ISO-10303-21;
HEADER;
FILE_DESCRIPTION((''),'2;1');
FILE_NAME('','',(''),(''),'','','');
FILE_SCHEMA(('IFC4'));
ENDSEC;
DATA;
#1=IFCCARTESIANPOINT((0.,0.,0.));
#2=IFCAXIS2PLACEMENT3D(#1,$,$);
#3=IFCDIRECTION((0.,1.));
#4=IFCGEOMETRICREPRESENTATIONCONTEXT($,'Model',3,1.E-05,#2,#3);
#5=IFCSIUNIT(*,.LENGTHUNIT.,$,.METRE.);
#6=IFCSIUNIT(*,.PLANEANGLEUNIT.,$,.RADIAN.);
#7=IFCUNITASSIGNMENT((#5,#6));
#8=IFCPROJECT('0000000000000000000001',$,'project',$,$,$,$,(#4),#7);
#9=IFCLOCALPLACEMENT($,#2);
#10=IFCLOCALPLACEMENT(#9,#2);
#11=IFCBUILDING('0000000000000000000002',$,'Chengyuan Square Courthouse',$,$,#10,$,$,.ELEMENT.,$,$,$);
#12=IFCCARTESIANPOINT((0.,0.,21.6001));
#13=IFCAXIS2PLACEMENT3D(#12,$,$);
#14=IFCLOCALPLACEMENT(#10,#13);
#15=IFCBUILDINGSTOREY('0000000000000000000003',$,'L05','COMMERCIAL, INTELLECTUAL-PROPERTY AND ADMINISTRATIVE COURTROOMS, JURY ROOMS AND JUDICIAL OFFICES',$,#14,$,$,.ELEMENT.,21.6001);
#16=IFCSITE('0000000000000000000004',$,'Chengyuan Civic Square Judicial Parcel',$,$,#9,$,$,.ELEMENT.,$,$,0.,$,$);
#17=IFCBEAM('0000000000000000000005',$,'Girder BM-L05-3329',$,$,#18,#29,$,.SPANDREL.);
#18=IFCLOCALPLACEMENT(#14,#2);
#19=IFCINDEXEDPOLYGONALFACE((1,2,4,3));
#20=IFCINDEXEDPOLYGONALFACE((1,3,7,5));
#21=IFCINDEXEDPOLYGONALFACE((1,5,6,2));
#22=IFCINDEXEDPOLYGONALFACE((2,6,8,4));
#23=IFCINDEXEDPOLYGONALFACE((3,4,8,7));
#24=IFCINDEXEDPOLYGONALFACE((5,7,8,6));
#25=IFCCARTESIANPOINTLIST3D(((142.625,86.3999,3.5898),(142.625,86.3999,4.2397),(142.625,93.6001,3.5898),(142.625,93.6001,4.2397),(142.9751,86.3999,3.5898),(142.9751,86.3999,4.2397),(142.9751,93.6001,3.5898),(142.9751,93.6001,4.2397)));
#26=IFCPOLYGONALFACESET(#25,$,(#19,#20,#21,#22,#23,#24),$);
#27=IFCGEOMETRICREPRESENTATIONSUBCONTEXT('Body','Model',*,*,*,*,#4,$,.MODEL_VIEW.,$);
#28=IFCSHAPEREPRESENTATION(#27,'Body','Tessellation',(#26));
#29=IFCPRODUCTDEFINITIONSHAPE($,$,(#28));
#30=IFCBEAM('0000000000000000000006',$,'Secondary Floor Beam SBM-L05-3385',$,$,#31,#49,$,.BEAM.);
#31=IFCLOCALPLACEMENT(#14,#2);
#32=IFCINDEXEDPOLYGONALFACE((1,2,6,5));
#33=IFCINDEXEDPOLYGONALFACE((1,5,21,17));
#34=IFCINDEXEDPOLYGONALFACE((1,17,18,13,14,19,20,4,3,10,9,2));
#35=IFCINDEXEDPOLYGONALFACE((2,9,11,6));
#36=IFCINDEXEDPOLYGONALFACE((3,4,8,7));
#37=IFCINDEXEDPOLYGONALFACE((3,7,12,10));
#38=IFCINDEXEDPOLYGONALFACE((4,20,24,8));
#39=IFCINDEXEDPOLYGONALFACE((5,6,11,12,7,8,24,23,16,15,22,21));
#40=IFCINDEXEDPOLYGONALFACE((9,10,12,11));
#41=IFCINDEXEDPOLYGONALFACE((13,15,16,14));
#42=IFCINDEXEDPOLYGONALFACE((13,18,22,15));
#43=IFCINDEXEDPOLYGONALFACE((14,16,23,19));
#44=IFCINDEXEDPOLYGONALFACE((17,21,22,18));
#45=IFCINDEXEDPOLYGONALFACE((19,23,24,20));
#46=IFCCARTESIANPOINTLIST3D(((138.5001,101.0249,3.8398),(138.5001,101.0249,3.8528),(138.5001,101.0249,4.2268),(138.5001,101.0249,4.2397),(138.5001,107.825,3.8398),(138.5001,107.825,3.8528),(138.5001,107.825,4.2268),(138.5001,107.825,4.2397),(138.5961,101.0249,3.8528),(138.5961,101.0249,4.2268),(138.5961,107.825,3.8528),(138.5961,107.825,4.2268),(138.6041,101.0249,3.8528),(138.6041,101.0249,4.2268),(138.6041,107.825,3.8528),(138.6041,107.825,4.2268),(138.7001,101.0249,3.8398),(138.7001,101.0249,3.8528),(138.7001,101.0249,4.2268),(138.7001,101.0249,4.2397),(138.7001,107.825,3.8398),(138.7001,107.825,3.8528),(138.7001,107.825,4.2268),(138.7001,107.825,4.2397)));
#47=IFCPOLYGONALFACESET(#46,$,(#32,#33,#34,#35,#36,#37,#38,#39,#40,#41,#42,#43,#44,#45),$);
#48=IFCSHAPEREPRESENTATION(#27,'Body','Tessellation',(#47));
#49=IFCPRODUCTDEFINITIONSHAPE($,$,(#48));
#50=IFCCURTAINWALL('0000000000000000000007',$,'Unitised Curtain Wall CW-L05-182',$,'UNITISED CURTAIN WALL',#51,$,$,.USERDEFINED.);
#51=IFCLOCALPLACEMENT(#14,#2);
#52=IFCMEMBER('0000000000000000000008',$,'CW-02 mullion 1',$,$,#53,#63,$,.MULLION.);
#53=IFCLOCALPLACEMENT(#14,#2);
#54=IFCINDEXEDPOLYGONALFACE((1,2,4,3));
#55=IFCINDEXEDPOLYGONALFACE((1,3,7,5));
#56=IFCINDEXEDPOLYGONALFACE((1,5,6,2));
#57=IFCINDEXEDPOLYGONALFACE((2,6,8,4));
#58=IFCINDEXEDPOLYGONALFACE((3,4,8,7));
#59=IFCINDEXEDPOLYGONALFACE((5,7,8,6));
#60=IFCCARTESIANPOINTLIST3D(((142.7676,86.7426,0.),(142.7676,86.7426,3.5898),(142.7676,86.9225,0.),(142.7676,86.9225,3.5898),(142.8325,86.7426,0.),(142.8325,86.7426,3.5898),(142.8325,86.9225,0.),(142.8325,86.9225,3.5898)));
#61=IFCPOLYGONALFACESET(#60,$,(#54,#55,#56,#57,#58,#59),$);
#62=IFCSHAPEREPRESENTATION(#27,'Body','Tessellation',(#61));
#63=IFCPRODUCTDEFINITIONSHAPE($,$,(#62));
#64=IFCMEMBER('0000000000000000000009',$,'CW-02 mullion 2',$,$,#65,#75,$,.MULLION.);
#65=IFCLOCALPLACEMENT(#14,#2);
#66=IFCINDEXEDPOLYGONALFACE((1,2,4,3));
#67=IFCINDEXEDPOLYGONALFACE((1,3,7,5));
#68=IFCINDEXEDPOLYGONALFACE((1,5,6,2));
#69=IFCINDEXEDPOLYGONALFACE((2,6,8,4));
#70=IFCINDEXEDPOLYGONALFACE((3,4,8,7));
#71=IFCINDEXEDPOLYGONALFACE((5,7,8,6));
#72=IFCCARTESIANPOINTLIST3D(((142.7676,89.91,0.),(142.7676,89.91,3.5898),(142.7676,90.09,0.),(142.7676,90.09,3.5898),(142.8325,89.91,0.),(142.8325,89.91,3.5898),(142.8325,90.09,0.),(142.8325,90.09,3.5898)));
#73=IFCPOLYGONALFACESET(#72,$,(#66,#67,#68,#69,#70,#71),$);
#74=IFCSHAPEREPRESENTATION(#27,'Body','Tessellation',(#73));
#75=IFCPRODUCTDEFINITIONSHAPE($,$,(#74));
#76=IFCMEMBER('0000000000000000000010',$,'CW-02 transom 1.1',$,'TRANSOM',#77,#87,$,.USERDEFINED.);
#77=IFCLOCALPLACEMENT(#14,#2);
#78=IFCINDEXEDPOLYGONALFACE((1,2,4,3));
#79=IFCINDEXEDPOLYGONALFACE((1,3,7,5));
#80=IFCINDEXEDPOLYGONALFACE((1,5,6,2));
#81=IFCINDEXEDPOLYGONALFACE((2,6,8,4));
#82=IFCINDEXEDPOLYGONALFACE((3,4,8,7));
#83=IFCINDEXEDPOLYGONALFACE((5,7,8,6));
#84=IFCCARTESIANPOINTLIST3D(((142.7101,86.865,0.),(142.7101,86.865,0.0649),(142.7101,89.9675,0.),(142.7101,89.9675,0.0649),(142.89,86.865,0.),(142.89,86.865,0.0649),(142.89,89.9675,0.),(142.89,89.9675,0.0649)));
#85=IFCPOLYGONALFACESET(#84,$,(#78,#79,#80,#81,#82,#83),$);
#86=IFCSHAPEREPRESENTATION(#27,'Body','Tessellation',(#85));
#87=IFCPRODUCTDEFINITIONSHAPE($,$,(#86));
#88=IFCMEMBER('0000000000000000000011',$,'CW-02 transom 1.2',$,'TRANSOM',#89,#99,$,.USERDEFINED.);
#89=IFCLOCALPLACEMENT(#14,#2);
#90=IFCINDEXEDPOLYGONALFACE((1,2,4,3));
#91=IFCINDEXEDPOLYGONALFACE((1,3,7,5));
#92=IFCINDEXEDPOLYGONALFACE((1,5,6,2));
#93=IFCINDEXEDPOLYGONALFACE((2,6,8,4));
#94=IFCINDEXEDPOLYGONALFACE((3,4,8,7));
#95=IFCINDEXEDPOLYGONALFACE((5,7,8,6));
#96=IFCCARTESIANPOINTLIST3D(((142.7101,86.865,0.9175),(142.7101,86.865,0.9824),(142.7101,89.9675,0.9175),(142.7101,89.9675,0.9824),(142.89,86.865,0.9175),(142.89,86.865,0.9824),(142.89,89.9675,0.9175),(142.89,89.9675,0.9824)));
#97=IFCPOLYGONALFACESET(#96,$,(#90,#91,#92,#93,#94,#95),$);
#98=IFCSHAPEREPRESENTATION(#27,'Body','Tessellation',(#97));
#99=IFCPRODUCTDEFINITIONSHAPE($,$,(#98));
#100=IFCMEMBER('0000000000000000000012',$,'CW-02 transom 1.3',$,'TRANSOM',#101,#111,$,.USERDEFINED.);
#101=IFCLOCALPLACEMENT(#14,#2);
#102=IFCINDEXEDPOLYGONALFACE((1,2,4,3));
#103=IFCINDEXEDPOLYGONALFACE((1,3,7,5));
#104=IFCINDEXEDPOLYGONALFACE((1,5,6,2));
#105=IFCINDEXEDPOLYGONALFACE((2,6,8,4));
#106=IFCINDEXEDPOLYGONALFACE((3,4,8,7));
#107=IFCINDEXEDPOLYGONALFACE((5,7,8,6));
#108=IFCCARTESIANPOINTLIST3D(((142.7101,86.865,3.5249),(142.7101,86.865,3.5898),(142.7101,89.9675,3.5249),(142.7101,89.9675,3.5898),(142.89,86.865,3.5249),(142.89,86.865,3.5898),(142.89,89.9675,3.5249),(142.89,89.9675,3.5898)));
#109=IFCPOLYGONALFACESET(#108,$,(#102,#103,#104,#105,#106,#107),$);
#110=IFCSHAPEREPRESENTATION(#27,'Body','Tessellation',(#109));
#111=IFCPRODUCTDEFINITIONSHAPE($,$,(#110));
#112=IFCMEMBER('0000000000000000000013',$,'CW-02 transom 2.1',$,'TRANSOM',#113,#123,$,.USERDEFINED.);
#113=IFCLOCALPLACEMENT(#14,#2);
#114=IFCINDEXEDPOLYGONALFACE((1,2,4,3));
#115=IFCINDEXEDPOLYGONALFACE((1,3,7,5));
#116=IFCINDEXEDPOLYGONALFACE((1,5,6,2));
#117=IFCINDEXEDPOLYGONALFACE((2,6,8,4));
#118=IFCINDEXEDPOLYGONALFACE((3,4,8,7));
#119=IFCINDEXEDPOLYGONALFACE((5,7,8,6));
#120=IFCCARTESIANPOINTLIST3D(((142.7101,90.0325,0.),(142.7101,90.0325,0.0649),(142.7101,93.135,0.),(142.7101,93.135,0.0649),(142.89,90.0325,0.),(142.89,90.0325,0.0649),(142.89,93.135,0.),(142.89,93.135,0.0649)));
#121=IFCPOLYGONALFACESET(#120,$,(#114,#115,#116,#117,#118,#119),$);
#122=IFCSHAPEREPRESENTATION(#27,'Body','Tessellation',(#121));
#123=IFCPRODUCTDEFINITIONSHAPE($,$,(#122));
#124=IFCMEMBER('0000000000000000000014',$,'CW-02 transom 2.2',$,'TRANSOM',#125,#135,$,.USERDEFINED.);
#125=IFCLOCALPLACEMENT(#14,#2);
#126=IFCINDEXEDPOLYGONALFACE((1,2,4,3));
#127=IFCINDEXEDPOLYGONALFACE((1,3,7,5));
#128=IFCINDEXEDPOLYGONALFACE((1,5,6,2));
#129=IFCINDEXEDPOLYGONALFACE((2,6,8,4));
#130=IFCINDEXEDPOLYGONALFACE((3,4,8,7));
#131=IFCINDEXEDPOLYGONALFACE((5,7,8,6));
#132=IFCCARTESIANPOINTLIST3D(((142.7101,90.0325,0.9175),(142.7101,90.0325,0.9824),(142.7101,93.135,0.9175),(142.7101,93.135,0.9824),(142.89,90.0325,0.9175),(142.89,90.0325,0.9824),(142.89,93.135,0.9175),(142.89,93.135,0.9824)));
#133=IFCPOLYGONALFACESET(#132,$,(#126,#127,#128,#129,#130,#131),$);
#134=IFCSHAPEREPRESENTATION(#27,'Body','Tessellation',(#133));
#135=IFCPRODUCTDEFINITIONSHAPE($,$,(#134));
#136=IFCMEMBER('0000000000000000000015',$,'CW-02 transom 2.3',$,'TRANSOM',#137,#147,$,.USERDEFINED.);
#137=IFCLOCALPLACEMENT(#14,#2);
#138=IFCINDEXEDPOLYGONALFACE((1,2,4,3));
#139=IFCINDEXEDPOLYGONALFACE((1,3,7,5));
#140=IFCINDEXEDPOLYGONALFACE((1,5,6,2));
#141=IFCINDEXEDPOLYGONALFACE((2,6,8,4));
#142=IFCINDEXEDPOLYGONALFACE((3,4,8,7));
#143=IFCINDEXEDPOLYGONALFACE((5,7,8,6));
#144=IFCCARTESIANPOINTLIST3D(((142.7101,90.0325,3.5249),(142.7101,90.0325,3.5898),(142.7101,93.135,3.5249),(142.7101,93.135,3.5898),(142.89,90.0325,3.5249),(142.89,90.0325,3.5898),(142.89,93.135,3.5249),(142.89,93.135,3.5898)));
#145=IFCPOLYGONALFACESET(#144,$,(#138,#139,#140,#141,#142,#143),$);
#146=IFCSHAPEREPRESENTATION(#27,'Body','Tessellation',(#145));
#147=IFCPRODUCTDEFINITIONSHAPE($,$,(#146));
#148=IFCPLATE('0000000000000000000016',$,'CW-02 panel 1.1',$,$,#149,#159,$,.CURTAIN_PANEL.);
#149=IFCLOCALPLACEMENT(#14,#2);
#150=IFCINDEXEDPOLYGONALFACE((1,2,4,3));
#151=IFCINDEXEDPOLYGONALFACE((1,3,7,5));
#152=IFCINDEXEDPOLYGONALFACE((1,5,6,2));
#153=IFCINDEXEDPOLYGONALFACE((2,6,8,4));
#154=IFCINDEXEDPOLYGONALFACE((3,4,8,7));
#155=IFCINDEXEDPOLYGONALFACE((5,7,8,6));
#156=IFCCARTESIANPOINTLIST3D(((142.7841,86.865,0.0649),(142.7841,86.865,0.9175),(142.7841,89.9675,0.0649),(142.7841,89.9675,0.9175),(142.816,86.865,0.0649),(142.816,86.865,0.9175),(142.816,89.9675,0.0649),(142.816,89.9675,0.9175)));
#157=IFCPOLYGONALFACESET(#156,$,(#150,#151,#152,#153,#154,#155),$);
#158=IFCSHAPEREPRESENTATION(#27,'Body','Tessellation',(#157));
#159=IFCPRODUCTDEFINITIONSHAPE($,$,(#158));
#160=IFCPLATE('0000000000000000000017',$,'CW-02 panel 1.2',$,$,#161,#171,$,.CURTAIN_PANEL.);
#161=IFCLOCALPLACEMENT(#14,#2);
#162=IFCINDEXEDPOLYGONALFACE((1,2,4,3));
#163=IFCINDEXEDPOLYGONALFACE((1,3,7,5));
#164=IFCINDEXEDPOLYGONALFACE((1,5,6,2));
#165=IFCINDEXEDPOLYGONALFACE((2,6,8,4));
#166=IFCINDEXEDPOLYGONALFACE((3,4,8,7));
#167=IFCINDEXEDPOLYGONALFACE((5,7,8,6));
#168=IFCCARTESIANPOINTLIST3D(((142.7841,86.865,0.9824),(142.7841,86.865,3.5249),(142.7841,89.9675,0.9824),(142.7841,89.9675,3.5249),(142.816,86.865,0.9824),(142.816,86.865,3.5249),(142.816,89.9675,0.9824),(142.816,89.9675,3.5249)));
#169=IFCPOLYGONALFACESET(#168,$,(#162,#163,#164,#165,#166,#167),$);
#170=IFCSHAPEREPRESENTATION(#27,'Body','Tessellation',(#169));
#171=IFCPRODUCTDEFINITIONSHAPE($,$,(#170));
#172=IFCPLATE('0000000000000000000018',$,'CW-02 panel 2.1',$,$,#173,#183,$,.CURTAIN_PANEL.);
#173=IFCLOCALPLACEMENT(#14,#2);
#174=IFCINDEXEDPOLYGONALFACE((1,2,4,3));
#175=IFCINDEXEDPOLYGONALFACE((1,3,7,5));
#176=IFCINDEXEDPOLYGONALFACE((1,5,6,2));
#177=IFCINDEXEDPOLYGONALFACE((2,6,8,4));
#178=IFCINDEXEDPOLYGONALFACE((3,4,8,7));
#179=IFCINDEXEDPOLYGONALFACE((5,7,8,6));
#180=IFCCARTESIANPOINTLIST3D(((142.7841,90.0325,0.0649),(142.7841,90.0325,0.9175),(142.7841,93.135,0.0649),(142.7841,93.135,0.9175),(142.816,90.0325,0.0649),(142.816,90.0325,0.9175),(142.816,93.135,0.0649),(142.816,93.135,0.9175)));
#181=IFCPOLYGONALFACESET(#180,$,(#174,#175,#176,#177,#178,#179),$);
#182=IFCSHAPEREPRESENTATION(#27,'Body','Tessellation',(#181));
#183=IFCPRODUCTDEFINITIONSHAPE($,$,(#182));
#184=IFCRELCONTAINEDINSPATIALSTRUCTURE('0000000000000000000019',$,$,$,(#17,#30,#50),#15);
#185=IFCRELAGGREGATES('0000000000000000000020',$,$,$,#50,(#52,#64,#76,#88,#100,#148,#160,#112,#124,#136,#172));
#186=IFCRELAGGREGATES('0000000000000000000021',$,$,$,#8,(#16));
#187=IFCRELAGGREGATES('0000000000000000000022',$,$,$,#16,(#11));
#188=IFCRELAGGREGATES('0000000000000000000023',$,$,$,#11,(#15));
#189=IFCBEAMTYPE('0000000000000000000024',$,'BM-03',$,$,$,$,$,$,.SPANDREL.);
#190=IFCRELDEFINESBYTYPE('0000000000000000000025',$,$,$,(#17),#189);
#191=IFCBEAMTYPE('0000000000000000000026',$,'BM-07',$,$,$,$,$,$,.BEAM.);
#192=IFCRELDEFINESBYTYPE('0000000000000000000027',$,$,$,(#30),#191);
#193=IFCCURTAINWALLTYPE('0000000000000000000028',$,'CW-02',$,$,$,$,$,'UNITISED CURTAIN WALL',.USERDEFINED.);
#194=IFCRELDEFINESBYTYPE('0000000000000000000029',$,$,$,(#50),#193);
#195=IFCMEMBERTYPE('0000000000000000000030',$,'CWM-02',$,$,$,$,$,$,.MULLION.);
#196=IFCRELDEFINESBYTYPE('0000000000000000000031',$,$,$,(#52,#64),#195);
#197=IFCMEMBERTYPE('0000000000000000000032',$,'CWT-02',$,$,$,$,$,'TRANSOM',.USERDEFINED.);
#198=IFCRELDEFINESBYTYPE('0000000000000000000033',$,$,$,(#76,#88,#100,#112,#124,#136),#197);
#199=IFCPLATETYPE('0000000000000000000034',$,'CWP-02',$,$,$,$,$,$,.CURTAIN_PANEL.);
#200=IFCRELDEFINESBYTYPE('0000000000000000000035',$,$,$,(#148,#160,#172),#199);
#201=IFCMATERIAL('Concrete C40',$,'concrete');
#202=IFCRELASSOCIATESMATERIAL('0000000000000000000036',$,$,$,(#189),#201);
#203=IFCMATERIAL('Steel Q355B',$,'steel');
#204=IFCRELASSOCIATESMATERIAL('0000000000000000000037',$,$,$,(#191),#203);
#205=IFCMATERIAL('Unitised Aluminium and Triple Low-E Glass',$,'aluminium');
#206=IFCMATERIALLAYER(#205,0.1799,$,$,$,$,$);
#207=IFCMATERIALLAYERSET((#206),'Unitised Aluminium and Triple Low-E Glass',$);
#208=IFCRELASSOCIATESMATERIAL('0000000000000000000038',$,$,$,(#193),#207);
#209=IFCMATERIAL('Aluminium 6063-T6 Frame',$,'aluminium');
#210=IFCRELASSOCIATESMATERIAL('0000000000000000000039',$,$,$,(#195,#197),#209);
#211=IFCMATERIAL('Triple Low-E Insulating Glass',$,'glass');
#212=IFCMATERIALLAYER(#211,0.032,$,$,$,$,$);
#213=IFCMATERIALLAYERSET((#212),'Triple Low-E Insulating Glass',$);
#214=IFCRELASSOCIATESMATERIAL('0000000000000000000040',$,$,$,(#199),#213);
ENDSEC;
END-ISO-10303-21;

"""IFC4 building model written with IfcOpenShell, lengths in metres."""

from ifc_helpers import new_model, si_unit, direction, frame, origin, origin_2d, place, context, subcontext, project, spatial, rectangle, i_section, extrude, material, layer, layer_set, material_profile, profile_set, type_object, element, aggregate, save


model = new_model("IFC4")

# Units and contexts
model_context = context("Model", 3, precision=1e-05, world=origin(), true_north=direction((0.0, 1.0)))
body_context = subcontext(model_context, "Body", "Model", "MODEL_VIEW")
ifc_project = project(units=[si_unit("LENGTHUNIT", "METRE"), si_unit("PLANEANGLEUNIT", "RADIAN")], contexts=[model_context])

# Site, building, storey
site_placement = place(None, origin())
site = spatial("IfcSite", under=ifc_project, at=site_placement, Name="Chengyuan Civic Square Judicial Parcel", CompositionType="ELEMENT", RefElevation=0.0)
building_placement = place(site_placement, origin())
building = spatial("IfcBuilding", under=site, at=building_placement, Name="Chengyuan Square Courthouse", CompositionType="ELEMENT")
storey_placement = place(building_placement, frame((0.0, 0.0, 21.6001)))
storey = spatial("IfcBuildingStorey", under=building, at=storey_placement, Name="L05", Description="COMMERCIAL, INTELLECTUAL-PROPERTY AND ADMINISTRATIVE COURTROOMS, JURY ROOMS AND JUDICIAL OFFICES", CompositionType="ELEMENT", Elevation=21.6001)

# Beams
ifc_material_1 = material(Name="Concrete C40", Category="concrete")
ifc_material_profile_1 = material_profile(ifc_material_1, rectangle(XDim=0.3501, YDim=0.6499, at=origin_2d()), Name="RC-BM-350x650")
ifc_profile_set_1 = profile_set([ifc_material_profile_1], Name="Concrete C40")
beam_type_1 = type_object("IfcBeamType", Name="BM-03", PredefinedType="SPANDREL", material=ifc_profile_set_1)
beam_1_placement = place(storey_placement, frame((142.8, 86.3999, 3.9148), z_axis=(0.0, 1.0, 0.0), x_axis=(-1.0, 0.0, 0.0)))
element("IfcBeam", 1, at=beam_1_placement, inside=storey, type_object=beam_type_1, Name="Girder BM-L05-3329", PredefinedType="SPANDREL", context=body_context, shape_type="SweptSolid", body=[
    extrude(rectangle(XDim=0.3501, YDim=0.6499, at=origin_2d()), origin(), (0.0, 0.0, 1.0), 7.2002),
])
ifc_material_2 = material(Name="Steel Q355B", Category="steel")
ifc_material_profile_2 = material_profile(ifc_material_2, i_section(OverallWidth=0.2, OverallDepth=0.3999, WebThickness=0.0081, FlangeThickness=0.0129, at=origin_2d()), Name="HN 400x200x8x13")
ifc_profile_set_2 = profile_set([ifc_material_profile_2], Name="Steel Q355B")
beam_type_2 = type_object("IfcBeamType", Name="BM-07", PredefinedType="BEAM", material=ifc_profile_set_2)
beam_2_placement = place(storey_placement, frame((138.6001, 101.0249, 4.0398), z_axis=(0.0, 1.0, 0.0), x_axis=(-1.0, 0.0, 0.0)))
element("IfcBeam", 2, at=beam_2_placement, inside=storey, type_object=beam_type_2, Name="Secondary Floor Beam SBM-L05-3385", PredefinedType="BEAM", context=body_context, shape_type="SweptSolid", body=[
    extrude(i_section(OverallWidth=0.2, OverallDepth=0.3999, WebThickness=0.0081, FlangeThickness=0.0129, at=origin_2d()), origin(), (0.0, 0.0, 1.0), 6.8),
])

# Curtain wall, members, plates
ifc_material_3 = material(Name="Unitised Aluminium and Triple Low-E Glass", Category="aluminium")
ifc_layer_1 = layer(ifc_material_3, 0.1799)
ifc_layer_set_1 = layer_set([ifc_layer_1], Name="Unitised Aluminium and Triple Low-E Glass")
curtain_wall_type = type_object("IfcCurtainWallType", Name="CW-02", ElementType="UNITISED CURTAIN WALL", PredefinedType="USERDEFINED", material=ifc_layer_set_1)
curtain_wall_placement = place(storey_placement, origin())
curtain_wall = element("IfcCurtainWall", 3, at=curtain_wall_placement, inside=storey, type_object=curtain_wall_type, Name="Unitised Curtain Wall CW-L05-182", ObjectType="UNITISED CURTAIN WALL", PredefinedType="USERDEFINED")
ifc_material_4 = material(Name="Aluminium 6063-T6 Frame", Category="aluminium")
ifc_material_profile_3 = material_profile(ifc_material_4, rectangle(XDim=0.0649, YDim=0.1799, at=origin_2d()), Name="CW-MUL-65x180")
ifc_profile_set_3 = profile_set([ifc_material_profile_3], Name="Aluminium 6063-T6 Frame")
member_type_1 = type_object("IfcMemberType", Name="CWM-02", PredefinedType="MULLION", material=ifc_profile_set_3)
member_1_placement = place(storey_placement, frame((142.8, 86.8325, 0.0), z_axis=(0.0, 0.0, 1.0), x_axis=(-1.0, 0.0, 0.0)))
member_1 = element("IfcMember", 4, at=member_1_placement, type_object=member_type_1, Name="CW-02 mullion 1", PredefinedType="MULLION", context=body_context, shape_type="SweptSolid", body=[
    extrude(rectangle(XDim=0.0649, YDim=0.1799, at=origin_2d()), origin(), (0.0, 0.0, 1.0), 3.5898),
])
member_2_placement = place(storey_placement, frame((142.8, 90.0, 0.0), z_axis=(0.0, 0.0, 1.0), x_axis=(-1.0, 0.0, 0.0)))
member_2 = element("IfcMember", 5, at=member_2_placement, type_object=member_type_1, Name="CW-02 mullion 2", PredefinedType="MULLION", context=body_context, shape_type="SweptSolid", body=[
    extrude(rectangle(XDim=0.0649, YDim=0.1799, at=origin_2d()), origin(), (0.0, 0.0, 1.0), 3.5898),
])
ifc_material_profile_4 = material_profile(ifc_material_4, rectangle(XDim=0.1799, YDim=0.0649, at=origin_2d()), Name="CW-TRN-65x140")
ifc_profile_set_4 = profile_set([ifc_material_profile_4], Name="Aluminium 6063-T6 Frame")
member_type_2 = type_object("IfcMemberType", Name="CWT-02", ElementType="TRANSOM", PredefinedType="USERDEFINED", material=ifc_profile_set_4)
member_3_placement = place(storey_placement, frame((142.8, 86.865, 0.0325), z_axis=(0.0, 1.0, 0.0), x_axis=(-1.0, 0.0, 0.0)))
member_3 = element("IfcMember", 6, at=member_3_placement, type_object=member_type_2, Name="CW-02 transom 1.1", ObjectType="TRANSOM", PredefinedType="USERDEFINED", context=body_context, shape_type="SweptSolid", body=[
    extrude(rectangle(XDim=0.1799, YDim=0.0649, at=origin_2d()), origin(), (0.0, 0.0, 1.0), 3.1025),
])
member_4_placement = place(storey_placement, frame((142.8, 86.865, 0.95), z_axis=(0.0, 1.0, 0.0), x_axis=(-1.0, 0.0, 0.0)))
member_4 = element("IfcMember", 7, at=member_4_placement, type_object=member_type_2, Name="CW-02 transom 1.2", ObjectType="TRANSOM", PredefinedType="USERDEFINED", context=body_context, shape_type="SweptSolid", body=[
    extrude(rectangle(XDim=0.1799, YDim=0.0649, at=origin_2d()), origin(), (0.0, 0.0, 1.0), 3.1025),
])
member_5_placement = place(storey_placement, frame((142.8, 86.865, 3.5574), z_axis=(0.0, 1.0, 0.0), x_axis=(-1.0, 0.0, 0.0)))
member_5 = element("IfcMember", 8, at=member_5_placement, type_object=member_type_2, Name="CW-02 transom 1.3", ObjectType="TRANSOM", PredefinedType="USERDEFINED", context=body_context, shape_type="SweptSolid", body=[
    extrude(rectangle(XDim=0.1799, YDim=0.0649, at=origin_2d()), origin(), (0.0, 0.0, 1.0), 3.1025),
])
member_6_placement = place(storey_placement, frame((142.8, 90.0325, 0.0325), z_axis=(0.0, 1.0, 0.0), x_axis=(-1.0, 0.0, 0.0)))
member_6 = element("IfcMember", 9, at=member_6_placement, type_object=member_type_2, Name="CW-02 transom 2.1", ObjectType="TRANSOM", PredefinedType="USERDEFINED", context=body_context, shape_type="SweptSolid", body=[
    extrude(rectangle(XDim=0.1799, YDim=0.0649, at=origin_2d()), origin(), (0.0, 0.0, 1.0), 3.1025),
])
member_7_placement = place(storey_placement, frame((142.8, 90.0325, 0.95), z_axis=(0.0, 1.0, 0.0), x_axis=(-1.0, 0.0, 0.0)))
member_7 = element("IfcMember", 10, at=member_7_placement, type_object=member_type_2, Name="CW-02 transom 2.2", ObjectType="TRANSOM", PredefinedType="USERDEFINED", context=body_context, shape_type="SweptSolid", body=[
    extrude(rectangle(XDim=0.1799, YDim=0.0649, at=origin_2d()), origin(), (0.0, 0.0, 1.0), 3.1025),
])
member_8_placement = place(storey_placement, frame((142.8, 90.0325, 3.5574), z_axis=(0.0, 1.0, 0.0), x_axis=(-1.0, 0.0, 0.0)))
member_8 = element("IfcMember", 11, at=member_8_placement, type_object=member_type_2, Name="CW-02 transom 2.3", ObjectType="TRANSOM", PredefinedType="USERDEFINED", context=body_context, shape_type="SweptSolid", body=[
    extrude(rectangle(XDim=0.1799, YDim=0.0649, at=origin_2d()), origin(), (0.0, 0.0, 1.0), 3.1025),
])
ifc_material_5 = material(Name="Triple Low-E Insulating Glass", Category="glass")
ifc_layer_2 = layer(ifc_material_5, 0.032)
ifc_layer_set_2 = layer_set([ifc_layer_2], Name="Triple Low-E Insulating Glass")
plate_type = type_object("IfcPlateType", Name="CWP-02", PredefinedType="CURTAIN_PANEL", material=ifc_layer_set_2)
plate_1_placement = place(storey_placement, frame((142.8, 88.4163, 0.0649), z_axis=(0.0, 0.0, 1.0), x_axis=(0.0, 1.0, 0.0)))
plate_1 = element("IfcPlate", 12, at=plate_1_placement, type_object=plate_type, Name="CW-02 panel 1.1", PredefinedType="CURTAIN_PANEL", context=body_context, shape_type="SweptSolid", body=[
    extrude(rectangle(XDim=3.1025, YDim=0.032, at=origin_2d()), origin(), (0.0, 0.0, 1.0), 0.8525),
])
plate_2_placement = place(storey_placement, frame((142.8, 88.4163, 0.9824), z_axis=(0.0, 0.0, 1.0), x_axis=(0.0, 1.0, 0.0)))
plate_2 = element("IfcPlate", 13, at=plate_2_placement, type_object=plate_type, Name="CW-02 panel 1.2", PredefinedType="CURTAIN_PANEL", context=body_context, shape_type="SweptSolid", body=[
    extrude(rectangle(XDim=3.1025, YDim=0.032, at=origin_2d()), origin(), (0.0, 0.0, 1.0), 2.5425),
])
plate_3_placement = place(storey_placement, frame((142.8, 91.5837, 0.0649), z_axis=(0.0, 0.0, 1.0), x_axis=(0.0, 1.0, 0.0)))
plate_3 = element("IfcPlate", 14, at=plate_3_placement, type_object=plate_type, Name="CW-02 panel 2.1", PredefinedType="CURTAIN_PANEL", context=body_context, shape_type="SweptSolid", body=[
    extrude(rectangle(XDim=3.1025, YDim=0.032, at=origin_2d()), origin(), (0.0, 0.0, 1.0), 0.8525),
])
aggregate(curtain_wall, [member_1, member_2, member_3, member_4, member_5, plate_1, plate_2, member_6, member_7, member_8, plate_3])

save(model, "model.ifc")
